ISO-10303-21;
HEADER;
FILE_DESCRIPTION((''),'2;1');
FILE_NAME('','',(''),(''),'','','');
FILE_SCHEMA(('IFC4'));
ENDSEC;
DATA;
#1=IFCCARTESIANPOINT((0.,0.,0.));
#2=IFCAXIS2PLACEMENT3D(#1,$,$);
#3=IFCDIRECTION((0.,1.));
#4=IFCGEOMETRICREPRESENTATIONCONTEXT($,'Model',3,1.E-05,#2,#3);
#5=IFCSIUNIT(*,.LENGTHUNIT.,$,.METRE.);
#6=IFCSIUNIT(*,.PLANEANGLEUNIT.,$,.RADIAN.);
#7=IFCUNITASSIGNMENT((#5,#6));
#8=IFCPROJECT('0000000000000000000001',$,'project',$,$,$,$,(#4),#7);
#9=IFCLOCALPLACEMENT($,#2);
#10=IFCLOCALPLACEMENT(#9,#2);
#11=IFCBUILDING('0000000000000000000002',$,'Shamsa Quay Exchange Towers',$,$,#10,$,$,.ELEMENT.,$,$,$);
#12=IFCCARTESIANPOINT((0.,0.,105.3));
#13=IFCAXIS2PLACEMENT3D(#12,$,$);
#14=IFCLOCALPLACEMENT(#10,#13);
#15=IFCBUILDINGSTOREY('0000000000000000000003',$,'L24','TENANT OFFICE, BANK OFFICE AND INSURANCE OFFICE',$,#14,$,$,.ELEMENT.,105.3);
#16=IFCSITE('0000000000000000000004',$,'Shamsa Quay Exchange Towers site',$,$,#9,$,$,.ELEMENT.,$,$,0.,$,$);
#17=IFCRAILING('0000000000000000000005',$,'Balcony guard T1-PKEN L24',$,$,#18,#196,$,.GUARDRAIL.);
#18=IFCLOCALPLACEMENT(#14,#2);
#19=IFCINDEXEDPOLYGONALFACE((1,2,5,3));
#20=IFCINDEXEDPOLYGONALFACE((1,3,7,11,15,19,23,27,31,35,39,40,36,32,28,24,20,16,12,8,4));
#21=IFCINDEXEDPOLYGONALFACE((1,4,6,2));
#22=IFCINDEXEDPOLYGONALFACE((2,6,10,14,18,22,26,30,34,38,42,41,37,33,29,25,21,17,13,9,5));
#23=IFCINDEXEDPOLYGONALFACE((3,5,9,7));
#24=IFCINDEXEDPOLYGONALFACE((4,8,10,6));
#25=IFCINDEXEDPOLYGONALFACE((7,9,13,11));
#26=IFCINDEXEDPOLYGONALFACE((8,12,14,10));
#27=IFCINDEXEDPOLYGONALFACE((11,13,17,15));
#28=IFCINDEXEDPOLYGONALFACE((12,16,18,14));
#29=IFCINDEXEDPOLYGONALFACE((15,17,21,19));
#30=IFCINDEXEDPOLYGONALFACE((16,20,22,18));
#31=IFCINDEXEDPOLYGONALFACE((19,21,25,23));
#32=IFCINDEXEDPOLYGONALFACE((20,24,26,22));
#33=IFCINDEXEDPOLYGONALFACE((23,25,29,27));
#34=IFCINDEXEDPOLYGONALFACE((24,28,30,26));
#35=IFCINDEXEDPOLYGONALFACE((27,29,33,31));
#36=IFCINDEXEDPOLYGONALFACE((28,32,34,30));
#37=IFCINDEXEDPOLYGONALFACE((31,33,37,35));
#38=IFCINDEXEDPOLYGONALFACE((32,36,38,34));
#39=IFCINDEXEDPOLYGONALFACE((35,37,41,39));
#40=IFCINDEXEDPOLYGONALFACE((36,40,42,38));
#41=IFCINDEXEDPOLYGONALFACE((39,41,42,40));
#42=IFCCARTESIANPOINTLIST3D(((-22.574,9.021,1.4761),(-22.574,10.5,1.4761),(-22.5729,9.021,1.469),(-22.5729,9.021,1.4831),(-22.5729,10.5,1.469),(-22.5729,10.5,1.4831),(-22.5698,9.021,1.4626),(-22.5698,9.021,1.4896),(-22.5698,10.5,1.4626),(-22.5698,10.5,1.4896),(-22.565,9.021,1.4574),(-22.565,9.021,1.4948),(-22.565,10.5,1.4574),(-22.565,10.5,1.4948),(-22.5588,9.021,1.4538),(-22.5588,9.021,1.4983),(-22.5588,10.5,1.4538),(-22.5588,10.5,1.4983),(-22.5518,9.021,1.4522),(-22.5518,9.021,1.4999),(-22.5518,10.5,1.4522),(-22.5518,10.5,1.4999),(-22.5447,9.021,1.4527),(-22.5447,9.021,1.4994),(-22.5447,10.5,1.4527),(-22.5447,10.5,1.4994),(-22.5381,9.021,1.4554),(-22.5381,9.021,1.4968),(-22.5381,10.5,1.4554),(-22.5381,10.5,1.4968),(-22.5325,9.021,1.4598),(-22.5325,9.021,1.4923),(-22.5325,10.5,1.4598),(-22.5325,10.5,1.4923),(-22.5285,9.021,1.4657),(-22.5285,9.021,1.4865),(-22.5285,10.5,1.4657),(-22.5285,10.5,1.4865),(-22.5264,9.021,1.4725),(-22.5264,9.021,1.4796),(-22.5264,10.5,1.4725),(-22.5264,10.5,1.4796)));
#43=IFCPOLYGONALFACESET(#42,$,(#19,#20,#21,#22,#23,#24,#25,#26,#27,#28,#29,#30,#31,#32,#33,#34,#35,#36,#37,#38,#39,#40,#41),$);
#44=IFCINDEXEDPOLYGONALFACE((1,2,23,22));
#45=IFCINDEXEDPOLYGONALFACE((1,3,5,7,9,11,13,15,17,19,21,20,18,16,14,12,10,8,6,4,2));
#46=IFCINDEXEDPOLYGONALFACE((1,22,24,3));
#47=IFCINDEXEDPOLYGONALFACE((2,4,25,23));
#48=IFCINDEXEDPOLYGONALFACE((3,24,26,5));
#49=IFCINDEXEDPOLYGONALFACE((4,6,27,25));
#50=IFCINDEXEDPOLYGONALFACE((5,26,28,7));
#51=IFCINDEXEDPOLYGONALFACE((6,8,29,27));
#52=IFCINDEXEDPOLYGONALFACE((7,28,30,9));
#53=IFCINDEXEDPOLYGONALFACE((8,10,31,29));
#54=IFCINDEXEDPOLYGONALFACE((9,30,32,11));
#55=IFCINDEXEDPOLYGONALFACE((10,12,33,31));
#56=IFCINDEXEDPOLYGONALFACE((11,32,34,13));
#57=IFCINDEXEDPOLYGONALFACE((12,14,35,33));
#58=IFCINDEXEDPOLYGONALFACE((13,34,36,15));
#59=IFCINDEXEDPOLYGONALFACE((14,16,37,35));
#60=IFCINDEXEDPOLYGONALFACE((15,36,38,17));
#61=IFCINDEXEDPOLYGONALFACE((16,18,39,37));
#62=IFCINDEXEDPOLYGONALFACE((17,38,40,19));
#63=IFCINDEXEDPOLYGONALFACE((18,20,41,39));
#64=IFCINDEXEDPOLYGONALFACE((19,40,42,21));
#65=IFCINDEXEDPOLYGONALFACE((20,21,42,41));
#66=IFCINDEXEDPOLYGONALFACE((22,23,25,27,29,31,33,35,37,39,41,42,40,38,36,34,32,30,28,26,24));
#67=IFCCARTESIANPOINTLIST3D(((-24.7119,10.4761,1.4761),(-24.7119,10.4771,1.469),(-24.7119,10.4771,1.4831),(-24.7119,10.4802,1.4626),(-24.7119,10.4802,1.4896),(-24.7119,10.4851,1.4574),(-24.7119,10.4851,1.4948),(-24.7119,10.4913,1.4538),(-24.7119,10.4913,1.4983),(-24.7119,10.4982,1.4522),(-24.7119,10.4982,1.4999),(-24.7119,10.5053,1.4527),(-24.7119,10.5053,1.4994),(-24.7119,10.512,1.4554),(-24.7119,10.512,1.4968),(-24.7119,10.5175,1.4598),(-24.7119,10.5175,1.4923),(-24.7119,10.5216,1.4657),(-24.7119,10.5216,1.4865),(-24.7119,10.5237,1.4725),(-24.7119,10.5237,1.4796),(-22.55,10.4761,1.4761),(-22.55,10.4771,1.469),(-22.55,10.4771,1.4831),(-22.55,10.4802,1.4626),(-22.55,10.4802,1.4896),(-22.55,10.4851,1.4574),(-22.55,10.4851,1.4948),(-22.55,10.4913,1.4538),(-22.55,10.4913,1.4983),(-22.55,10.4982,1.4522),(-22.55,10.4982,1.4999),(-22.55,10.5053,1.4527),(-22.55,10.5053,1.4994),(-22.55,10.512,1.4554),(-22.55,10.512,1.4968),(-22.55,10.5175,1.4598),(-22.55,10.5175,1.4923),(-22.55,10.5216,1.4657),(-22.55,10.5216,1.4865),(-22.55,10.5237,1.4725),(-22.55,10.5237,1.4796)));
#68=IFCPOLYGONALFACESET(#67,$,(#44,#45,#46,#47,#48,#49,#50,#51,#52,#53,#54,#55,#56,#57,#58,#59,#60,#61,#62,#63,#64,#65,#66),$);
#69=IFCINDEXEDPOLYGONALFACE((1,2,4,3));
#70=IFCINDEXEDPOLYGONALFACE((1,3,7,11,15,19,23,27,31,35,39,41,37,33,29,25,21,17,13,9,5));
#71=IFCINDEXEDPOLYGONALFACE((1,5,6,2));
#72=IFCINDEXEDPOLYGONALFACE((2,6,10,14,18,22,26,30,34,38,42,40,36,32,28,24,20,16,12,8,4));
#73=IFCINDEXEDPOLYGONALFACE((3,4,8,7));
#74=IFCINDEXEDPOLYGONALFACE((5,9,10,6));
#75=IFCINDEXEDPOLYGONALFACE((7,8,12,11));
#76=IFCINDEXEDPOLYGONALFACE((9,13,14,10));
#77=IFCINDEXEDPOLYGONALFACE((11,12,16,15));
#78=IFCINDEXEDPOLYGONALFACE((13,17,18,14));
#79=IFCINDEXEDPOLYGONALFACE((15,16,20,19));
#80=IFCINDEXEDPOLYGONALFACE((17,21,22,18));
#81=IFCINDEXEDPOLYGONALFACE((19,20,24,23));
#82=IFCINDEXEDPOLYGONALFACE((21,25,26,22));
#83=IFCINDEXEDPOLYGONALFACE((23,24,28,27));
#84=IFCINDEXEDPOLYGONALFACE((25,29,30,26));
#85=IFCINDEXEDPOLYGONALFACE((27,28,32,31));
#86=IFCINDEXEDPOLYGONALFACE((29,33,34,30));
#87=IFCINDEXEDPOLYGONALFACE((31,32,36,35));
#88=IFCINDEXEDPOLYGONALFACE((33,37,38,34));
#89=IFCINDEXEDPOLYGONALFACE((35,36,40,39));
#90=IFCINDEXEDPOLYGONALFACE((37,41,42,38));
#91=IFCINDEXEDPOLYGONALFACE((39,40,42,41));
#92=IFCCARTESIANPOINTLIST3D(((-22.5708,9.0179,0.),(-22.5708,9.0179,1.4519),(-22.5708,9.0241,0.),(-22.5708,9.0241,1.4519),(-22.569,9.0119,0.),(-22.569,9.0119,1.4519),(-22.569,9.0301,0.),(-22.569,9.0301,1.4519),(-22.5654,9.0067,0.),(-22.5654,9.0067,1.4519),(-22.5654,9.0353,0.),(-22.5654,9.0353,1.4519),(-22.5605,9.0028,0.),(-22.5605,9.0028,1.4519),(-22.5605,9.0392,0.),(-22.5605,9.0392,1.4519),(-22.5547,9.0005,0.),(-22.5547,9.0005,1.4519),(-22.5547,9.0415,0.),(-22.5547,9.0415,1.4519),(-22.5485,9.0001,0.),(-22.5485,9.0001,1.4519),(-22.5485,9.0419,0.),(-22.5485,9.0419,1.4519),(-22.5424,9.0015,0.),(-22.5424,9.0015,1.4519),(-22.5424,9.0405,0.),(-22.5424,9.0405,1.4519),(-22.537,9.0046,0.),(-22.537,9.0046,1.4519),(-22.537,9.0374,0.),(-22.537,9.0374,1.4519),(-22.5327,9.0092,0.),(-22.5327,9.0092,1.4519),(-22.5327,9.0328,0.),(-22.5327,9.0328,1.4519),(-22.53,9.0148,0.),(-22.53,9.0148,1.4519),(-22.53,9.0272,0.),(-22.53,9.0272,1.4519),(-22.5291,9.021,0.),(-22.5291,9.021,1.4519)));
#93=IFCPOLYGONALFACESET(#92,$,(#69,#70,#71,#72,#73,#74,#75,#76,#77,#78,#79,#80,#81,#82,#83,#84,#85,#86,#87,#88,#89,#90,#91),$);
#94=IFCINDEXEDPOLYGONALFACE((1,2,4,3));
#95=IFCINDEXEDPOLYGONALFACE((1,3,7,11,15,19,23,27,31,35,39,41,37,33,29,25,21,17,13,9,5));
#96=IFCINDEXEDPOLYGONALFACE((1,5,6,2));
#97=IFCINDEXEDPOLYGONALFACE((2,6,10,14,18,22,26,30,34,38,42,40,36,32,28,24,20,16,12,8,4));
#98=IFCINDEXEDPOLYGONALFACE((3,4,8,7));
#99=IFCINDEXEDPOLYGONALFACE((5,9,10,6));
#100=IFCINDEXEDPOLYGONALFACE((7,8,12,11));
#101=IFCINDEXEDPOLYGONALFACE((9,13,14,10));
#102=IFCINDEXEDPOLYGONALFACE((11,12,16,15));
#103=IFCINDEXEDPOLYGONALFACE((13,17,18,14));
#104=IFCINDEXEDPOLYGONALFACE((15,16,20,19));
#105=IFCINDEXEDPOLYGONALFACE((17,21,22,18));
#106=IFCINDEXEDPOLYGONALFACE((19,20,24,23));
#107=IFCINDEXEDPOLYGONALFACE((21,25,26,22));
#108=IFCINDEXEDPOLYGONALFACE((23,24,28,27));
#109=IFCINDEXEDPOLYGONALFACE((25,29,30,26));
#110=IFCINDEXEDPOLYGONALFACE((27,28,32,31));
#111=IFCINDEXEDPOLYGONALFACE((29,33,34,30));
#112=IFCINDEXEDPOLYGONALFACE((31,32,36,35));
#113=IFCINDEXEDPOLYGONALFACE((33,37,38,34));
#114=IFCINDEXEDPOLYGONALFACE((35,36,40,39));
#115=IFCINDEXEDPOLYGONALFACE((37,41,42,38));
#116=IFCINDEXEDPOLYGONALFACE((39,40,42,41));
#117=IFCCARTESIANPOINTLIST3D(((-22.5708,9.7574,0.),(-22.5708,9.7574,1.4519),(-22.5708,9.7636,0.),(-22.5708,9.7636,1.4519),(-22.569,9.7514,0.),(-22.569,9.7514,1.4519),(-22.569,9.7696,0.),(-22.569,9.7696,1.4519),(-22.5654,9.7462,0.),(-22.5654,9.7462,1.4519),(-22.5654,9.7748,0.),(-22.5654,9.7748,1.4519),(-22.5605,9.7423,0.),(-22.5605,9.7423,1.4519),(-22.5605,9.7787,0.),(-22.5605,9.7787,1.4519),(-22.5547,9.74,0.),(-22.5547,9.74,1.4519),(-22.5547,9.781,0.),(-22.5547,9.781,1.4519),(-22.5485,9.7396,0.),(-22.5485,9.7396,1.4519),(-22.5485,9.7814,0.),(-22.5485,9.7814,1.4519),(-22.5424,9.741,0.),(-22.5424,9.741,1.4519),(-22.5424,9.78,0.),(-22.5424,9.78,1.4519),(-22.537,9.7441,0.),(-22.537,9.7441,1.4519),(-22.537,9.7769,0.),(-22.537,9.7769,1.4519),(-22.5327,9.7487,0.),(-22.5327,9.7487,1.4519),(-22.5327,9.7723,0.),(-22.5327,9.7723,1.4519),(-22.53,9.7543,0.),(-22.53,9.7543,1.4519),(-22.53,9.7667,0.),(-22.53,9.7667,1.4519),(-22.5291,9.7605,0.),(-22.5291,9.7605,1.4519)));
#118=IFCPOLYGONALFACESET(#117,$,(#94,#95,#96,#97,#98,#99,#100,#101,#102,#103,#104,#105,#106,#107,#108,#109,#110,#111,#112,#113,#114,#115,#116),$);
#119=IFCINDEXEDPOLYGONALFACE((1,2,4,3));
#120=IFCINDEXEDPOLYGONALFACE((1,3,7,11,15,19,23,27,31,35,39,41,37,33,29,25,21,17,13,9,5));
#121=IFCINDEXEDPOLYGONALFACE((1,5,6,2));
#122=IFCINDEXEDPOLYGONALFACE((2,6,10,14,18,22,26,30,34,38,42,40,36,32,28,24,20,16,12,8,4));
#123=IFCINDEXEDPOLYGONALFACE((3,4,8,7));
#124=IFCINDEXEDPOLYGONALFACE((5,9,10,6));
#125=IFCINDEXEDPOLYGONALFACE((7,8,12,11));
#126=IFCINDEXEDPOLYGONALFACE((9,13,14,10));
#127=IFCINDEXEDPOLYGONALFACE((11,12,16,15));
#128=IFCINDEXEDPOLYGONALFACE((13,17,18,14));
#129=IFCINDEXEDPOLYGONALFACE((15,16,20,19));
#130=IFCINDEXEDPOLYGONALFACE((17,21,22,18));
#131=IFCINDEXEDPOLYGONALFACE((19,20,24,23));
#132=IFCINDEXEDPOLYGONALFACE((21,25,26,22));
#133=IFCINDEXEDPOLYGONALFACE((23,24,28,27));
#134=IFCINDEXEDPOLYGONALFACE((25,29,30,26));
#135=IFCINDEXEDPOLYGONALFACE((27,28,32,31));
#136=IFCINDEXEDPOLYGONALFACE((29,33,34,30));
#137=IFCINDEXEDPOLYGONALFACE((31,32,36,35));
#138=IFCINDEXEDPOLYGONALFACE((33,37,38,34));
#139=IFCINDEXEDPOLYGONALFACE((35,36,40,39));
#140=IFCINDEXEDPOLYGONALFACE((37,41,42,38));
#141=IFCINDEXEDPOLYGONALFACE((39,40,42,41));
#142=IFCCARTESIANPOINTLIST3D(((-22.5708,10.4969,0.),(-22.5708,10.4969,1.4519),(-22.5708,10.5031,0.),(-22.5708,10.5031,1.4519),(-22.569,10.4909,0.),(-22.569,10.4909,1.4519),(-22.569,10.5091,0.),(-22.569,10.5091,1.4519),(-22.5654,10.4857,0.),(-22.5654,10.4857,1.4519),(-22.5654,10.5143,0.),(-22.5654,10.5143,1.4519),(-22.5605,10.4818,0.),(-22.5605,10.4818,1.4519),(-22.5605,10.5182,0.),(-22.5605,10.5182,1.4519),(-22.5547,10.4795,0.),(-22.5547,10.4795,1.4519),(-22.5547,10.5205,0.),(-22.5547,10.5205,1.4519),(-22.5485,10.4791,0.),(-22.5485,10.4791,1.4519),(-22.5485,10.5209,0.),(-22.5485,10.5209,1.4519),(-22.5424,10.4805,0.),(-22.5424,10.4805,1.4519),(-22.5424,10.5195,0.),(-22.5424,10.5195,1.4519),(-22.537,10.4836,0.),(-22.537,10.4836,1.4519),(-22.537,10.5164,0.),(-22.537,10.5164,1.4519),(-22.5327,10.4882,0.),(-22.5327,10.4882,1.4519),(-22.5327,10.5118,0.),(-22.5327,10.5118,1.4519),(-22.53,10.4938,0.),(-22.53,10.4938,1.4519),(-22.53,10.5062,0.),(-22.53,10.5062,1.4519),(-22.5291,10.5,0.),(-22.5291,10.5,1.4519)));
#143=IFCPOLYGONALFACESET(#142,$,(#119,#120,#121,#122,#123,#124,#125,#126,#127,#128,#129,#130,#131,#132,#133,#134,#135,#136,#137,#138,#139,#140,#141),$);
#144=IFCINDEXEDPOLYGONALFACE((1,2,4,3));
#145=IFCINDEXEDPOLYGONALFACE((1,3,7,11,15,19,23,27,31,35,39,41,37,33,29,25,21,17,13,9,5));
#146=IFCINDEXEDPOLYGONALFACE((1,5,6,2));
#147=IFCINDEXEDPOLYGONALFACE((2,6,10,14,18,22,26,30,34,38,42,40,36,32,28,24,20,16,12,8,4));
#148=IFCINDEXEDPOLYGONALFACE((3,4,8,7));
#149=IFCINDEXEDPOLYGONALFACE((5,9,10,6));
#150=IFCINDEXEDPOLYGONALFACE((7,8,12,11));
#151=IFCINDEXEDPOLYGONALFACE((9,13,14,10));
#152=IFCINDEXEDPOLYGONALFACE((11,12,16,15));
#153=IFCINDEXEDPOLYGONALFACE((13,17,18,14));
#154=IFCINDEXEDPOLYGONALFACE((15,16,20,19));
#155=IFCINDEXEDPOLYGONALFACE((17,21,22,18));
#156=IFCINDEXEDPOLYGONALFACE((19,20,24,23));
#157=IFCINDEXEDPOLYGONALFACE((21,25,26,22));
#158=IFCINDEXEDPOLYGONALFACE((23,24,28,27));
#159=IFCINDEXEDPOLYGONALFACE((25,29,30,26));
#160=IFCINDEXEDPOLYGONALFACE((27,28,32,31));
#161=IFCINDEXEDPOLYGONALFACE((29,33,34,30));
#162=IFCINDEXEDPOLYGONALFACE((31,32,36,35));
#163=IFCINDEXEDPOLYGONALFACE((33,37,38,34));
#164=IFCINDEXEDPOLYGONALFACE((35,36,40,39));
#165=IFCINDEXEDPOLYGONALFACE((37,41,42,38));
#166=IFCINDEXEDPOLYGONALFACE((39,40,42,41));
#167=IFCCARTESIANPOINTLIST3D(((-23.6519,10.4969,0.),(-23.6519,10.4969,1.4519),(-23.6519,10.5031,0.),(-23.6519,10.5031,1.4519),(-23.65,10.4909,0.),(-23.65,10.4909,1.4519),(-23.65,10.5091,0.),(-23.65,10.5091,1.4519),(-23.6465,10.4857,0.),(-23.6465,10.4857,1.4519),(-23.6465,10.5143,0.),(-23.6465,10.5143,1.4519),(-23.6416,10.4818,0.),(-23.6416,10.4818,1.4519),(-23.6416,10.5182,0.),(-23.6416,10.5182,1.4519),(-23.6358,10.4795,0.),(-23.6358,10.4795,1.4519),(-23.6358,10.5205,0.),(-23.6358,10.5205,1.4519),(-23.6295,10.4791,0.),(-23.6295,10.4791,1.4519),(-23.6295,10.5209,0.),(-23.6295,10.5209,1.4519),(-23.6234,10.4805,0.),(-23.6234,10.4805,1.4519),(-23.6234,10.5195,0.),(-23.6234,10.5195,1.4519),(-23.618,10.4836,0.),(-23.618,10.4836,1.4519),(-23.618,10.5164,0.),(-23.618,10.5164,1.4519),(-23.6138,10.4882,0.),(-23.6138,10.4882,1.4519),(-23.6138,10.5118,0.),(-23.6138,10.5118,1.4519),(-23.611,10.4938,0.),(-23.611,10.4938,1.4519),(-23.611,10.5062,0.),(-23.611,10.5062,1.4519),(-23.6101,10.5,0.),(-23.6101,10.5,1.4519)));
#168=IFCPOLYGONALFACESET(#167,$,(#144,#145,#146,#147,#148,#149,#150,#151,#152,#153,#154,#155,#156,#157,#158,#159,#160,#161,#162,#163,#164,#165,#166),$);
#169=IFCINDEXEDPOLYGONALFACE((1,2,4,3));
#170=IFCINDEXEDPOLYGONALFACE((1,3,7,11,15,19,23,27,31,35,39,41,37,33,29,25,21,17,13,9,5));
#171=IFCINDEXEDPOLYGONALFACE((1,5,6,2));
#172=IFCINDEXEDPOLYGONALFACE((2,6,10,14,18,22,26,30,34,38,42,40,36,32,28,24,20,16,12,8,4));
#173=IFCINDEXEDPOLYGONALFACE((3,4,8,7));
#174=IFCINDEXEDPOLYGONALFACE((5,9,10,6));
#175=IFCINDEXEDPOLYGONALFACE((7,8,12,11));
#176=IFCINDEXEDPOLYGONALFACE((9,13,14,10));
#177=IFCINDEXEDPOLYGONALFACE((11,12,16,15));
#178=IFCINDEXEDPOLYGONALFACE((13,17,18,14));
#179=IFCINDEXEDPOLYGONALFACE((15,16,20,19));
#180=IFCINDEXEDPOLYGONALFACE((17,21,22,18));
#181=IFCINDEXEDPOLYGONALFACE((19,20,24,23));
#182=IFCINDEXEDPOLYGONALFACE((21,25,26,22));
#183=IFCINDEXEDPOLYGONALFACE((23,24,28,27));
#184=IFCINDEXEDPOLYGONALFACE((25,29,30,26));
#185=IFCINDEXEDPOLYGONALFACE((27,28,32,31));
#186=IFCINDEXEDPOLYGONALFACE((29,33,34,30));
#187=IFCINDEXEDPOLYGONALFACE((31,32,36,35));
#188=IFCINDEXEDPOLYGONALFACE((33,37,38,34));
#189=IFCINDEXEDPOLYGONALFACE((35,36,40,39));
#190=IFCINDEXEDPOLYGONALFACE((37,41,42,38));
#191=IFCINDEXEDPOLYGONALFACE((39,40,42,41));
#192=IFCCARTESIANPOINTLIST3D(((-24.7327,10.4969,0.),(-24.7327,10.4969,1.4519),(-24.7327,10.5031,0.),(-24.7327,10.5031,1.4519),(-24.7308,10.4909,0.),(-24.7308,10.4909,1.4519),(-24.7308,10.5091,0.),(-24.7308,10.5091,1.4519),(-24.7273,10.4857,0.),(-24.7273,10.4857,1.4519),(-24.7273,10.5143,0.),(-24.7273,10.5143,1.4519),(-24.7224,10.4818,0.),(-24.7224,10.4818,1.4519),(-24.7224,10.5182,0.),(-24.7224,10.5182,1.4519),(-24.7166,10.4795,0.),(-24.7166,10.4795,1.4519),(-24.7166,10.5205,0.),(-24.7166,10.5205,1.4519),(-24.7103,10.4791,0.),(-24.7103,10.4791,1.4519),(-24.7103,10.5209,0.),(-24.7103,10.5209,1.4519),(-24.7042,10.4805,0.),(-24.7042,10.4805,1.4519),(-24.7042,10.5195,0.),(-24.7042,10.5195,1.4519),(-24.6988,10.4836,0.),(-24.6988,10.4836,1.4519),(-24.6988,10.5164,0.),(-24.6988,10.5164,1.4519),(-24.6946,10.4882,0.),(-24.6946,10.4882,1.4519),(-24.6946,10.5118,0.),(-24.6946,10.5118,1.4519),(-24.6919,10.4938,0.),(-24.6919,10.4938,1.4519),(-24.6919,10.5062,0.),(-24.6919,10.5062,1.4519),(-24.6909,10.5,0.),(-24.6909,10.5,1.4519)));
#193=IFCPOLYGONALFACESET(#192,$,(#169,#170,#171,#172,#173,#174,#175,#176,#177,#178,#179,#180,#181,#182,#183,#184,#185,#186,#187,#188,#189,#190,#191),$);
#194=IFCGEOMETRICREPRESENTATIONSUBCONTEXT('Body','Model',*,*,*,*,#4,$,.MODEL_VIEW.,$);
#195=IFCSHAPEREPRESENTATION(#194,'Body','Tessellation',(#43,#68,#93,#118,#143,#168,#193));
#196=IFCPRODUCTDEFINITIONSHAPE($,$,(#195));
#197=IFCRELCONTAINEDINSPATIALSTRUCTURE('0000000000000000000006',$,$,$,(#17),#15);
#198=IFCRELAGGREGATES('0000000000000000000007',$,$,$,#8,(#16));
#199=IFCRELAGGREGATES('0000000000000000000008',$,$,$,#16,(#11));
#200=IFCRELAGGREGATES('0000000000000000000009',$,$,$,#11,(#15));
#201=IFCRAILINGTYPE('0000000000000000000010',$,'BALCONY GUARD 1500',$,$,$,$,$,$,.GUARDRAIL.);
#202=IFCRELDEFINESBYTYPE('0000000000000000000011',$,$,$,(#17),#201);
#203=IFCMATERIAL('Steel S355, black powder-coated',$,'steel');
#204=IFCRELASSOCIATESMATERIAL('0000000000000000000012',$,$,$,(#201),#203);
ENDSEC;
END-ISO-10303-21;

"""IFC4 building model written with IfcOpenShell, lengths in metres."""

from ifc_helpers import new_model, si_unit, direction, frame, origin, origin_2d, place, context, subcontext, project, spatial, circle, extrude, material, type_object, element, save


model = new_model("IFC4")

# Units and contexts
model_context = context("Model", 3, precision=1e-05, world=origin(), true_north=direction((0.0, 1.0)))
body_context = subcontext(model_context, "Body", "Model", "MODEL_VIEW")
ifc_project = project(units=[si_unit("LENGTHUNIT", "METRE"), si_unit("PLANEANGLEUNIT", "RADIAN")], contexts=[model_context])

# Site, building, storey
site_placement = place(None, origin())
site = spatial("IfcSite", under=ifc_project, at=site_placement, Name="Shamsa Quay Exchange Towers site", CompositionType="ELEMENT", RefElevation=0.0)
building_placement = place(site_placement, origin())
building = spatial("IfcBuilding", under=site, at=building_placement, Name="Shamsa Quay Exchange Towers", CompositionType="ELEMENT")
storey_placement = place(building_placement, frame((0.0, 0.0, 105.3)))
storey = spatial("IfcBuildingStorey", under=building, at=storey_placement, Name="L24", Description="TENANT OFFICE, BANK OFFICE AND INSURANCE OFFICE", CompositionType="ELEMENT", Elevation=105.3)

# Railing
ifc_material_1 = material(Name="Steel S355, black powder-coated", Category="steel")
railing_type = type_object("IfcRailingType", Name="BALCONY GUARD 1500", PredefinedType="GUARDRAIL", material=ifc_material_1)
for number, where, name in (
    (1, (-22.55, 9.021, 0.0), "Balcony guard T1-PKEN L24"),
):
    element("IfcRailing", number, at=place(storey_placement, frame(where)), inside=storey, type_object=railing_type, Name=name, PredefinedType="GUARDRAIL", context=body_context, shape_type="SweptSolid", body=[
        extrude(circle(Radius=0.0239, at=origin_2d()), frame((0.0, 0.0, 1.4761), z_axis=(0.0, 1.0, 0.0), x_axis=(-1.0, 0.0, 0.0)), (0.0, 0.0, 1.0), 1.479),
        extrude(circle(Radius=0.0239, at=origin_2d()), frame((0.0, 1.479, 1.4761), z_axis=(-1.0, 0.0, 0.0), x_axis=(0.0, -1.0, 0.0)), (0.0, 0.0, 1.0), 2.1619),
        extrude(circle(Radius=0.021, at=origin_2d()), origin(), (0.0, 0.0, 1.0), 1.4519),
        extrude(circle(Radius=0.021, at=origin_2d()), frame((0.0, 0.7395, 0.0)), (0.0, 0.0, 1.0), 1.4519),
        extrude(circle(Radius=0.021, at=origin_2d()), frame((0.0, 1.479, 0.0)), (0.0, 0.0, 1.0), 1.4519),
        extrude(circle(Radius=0.021, at=origin_2d()), frame((-1.0811, 1.479, 0.0)), (0.0, 0.0, 1.0), 1.4519),
        extrude(circle(Radius=0.021, at=origin_2d()), frame((-2.1619, 1.479, 0.0)), (0.0, 0.0, 1.0), 1.4519),
    ])

save(model, "model.ifc")
